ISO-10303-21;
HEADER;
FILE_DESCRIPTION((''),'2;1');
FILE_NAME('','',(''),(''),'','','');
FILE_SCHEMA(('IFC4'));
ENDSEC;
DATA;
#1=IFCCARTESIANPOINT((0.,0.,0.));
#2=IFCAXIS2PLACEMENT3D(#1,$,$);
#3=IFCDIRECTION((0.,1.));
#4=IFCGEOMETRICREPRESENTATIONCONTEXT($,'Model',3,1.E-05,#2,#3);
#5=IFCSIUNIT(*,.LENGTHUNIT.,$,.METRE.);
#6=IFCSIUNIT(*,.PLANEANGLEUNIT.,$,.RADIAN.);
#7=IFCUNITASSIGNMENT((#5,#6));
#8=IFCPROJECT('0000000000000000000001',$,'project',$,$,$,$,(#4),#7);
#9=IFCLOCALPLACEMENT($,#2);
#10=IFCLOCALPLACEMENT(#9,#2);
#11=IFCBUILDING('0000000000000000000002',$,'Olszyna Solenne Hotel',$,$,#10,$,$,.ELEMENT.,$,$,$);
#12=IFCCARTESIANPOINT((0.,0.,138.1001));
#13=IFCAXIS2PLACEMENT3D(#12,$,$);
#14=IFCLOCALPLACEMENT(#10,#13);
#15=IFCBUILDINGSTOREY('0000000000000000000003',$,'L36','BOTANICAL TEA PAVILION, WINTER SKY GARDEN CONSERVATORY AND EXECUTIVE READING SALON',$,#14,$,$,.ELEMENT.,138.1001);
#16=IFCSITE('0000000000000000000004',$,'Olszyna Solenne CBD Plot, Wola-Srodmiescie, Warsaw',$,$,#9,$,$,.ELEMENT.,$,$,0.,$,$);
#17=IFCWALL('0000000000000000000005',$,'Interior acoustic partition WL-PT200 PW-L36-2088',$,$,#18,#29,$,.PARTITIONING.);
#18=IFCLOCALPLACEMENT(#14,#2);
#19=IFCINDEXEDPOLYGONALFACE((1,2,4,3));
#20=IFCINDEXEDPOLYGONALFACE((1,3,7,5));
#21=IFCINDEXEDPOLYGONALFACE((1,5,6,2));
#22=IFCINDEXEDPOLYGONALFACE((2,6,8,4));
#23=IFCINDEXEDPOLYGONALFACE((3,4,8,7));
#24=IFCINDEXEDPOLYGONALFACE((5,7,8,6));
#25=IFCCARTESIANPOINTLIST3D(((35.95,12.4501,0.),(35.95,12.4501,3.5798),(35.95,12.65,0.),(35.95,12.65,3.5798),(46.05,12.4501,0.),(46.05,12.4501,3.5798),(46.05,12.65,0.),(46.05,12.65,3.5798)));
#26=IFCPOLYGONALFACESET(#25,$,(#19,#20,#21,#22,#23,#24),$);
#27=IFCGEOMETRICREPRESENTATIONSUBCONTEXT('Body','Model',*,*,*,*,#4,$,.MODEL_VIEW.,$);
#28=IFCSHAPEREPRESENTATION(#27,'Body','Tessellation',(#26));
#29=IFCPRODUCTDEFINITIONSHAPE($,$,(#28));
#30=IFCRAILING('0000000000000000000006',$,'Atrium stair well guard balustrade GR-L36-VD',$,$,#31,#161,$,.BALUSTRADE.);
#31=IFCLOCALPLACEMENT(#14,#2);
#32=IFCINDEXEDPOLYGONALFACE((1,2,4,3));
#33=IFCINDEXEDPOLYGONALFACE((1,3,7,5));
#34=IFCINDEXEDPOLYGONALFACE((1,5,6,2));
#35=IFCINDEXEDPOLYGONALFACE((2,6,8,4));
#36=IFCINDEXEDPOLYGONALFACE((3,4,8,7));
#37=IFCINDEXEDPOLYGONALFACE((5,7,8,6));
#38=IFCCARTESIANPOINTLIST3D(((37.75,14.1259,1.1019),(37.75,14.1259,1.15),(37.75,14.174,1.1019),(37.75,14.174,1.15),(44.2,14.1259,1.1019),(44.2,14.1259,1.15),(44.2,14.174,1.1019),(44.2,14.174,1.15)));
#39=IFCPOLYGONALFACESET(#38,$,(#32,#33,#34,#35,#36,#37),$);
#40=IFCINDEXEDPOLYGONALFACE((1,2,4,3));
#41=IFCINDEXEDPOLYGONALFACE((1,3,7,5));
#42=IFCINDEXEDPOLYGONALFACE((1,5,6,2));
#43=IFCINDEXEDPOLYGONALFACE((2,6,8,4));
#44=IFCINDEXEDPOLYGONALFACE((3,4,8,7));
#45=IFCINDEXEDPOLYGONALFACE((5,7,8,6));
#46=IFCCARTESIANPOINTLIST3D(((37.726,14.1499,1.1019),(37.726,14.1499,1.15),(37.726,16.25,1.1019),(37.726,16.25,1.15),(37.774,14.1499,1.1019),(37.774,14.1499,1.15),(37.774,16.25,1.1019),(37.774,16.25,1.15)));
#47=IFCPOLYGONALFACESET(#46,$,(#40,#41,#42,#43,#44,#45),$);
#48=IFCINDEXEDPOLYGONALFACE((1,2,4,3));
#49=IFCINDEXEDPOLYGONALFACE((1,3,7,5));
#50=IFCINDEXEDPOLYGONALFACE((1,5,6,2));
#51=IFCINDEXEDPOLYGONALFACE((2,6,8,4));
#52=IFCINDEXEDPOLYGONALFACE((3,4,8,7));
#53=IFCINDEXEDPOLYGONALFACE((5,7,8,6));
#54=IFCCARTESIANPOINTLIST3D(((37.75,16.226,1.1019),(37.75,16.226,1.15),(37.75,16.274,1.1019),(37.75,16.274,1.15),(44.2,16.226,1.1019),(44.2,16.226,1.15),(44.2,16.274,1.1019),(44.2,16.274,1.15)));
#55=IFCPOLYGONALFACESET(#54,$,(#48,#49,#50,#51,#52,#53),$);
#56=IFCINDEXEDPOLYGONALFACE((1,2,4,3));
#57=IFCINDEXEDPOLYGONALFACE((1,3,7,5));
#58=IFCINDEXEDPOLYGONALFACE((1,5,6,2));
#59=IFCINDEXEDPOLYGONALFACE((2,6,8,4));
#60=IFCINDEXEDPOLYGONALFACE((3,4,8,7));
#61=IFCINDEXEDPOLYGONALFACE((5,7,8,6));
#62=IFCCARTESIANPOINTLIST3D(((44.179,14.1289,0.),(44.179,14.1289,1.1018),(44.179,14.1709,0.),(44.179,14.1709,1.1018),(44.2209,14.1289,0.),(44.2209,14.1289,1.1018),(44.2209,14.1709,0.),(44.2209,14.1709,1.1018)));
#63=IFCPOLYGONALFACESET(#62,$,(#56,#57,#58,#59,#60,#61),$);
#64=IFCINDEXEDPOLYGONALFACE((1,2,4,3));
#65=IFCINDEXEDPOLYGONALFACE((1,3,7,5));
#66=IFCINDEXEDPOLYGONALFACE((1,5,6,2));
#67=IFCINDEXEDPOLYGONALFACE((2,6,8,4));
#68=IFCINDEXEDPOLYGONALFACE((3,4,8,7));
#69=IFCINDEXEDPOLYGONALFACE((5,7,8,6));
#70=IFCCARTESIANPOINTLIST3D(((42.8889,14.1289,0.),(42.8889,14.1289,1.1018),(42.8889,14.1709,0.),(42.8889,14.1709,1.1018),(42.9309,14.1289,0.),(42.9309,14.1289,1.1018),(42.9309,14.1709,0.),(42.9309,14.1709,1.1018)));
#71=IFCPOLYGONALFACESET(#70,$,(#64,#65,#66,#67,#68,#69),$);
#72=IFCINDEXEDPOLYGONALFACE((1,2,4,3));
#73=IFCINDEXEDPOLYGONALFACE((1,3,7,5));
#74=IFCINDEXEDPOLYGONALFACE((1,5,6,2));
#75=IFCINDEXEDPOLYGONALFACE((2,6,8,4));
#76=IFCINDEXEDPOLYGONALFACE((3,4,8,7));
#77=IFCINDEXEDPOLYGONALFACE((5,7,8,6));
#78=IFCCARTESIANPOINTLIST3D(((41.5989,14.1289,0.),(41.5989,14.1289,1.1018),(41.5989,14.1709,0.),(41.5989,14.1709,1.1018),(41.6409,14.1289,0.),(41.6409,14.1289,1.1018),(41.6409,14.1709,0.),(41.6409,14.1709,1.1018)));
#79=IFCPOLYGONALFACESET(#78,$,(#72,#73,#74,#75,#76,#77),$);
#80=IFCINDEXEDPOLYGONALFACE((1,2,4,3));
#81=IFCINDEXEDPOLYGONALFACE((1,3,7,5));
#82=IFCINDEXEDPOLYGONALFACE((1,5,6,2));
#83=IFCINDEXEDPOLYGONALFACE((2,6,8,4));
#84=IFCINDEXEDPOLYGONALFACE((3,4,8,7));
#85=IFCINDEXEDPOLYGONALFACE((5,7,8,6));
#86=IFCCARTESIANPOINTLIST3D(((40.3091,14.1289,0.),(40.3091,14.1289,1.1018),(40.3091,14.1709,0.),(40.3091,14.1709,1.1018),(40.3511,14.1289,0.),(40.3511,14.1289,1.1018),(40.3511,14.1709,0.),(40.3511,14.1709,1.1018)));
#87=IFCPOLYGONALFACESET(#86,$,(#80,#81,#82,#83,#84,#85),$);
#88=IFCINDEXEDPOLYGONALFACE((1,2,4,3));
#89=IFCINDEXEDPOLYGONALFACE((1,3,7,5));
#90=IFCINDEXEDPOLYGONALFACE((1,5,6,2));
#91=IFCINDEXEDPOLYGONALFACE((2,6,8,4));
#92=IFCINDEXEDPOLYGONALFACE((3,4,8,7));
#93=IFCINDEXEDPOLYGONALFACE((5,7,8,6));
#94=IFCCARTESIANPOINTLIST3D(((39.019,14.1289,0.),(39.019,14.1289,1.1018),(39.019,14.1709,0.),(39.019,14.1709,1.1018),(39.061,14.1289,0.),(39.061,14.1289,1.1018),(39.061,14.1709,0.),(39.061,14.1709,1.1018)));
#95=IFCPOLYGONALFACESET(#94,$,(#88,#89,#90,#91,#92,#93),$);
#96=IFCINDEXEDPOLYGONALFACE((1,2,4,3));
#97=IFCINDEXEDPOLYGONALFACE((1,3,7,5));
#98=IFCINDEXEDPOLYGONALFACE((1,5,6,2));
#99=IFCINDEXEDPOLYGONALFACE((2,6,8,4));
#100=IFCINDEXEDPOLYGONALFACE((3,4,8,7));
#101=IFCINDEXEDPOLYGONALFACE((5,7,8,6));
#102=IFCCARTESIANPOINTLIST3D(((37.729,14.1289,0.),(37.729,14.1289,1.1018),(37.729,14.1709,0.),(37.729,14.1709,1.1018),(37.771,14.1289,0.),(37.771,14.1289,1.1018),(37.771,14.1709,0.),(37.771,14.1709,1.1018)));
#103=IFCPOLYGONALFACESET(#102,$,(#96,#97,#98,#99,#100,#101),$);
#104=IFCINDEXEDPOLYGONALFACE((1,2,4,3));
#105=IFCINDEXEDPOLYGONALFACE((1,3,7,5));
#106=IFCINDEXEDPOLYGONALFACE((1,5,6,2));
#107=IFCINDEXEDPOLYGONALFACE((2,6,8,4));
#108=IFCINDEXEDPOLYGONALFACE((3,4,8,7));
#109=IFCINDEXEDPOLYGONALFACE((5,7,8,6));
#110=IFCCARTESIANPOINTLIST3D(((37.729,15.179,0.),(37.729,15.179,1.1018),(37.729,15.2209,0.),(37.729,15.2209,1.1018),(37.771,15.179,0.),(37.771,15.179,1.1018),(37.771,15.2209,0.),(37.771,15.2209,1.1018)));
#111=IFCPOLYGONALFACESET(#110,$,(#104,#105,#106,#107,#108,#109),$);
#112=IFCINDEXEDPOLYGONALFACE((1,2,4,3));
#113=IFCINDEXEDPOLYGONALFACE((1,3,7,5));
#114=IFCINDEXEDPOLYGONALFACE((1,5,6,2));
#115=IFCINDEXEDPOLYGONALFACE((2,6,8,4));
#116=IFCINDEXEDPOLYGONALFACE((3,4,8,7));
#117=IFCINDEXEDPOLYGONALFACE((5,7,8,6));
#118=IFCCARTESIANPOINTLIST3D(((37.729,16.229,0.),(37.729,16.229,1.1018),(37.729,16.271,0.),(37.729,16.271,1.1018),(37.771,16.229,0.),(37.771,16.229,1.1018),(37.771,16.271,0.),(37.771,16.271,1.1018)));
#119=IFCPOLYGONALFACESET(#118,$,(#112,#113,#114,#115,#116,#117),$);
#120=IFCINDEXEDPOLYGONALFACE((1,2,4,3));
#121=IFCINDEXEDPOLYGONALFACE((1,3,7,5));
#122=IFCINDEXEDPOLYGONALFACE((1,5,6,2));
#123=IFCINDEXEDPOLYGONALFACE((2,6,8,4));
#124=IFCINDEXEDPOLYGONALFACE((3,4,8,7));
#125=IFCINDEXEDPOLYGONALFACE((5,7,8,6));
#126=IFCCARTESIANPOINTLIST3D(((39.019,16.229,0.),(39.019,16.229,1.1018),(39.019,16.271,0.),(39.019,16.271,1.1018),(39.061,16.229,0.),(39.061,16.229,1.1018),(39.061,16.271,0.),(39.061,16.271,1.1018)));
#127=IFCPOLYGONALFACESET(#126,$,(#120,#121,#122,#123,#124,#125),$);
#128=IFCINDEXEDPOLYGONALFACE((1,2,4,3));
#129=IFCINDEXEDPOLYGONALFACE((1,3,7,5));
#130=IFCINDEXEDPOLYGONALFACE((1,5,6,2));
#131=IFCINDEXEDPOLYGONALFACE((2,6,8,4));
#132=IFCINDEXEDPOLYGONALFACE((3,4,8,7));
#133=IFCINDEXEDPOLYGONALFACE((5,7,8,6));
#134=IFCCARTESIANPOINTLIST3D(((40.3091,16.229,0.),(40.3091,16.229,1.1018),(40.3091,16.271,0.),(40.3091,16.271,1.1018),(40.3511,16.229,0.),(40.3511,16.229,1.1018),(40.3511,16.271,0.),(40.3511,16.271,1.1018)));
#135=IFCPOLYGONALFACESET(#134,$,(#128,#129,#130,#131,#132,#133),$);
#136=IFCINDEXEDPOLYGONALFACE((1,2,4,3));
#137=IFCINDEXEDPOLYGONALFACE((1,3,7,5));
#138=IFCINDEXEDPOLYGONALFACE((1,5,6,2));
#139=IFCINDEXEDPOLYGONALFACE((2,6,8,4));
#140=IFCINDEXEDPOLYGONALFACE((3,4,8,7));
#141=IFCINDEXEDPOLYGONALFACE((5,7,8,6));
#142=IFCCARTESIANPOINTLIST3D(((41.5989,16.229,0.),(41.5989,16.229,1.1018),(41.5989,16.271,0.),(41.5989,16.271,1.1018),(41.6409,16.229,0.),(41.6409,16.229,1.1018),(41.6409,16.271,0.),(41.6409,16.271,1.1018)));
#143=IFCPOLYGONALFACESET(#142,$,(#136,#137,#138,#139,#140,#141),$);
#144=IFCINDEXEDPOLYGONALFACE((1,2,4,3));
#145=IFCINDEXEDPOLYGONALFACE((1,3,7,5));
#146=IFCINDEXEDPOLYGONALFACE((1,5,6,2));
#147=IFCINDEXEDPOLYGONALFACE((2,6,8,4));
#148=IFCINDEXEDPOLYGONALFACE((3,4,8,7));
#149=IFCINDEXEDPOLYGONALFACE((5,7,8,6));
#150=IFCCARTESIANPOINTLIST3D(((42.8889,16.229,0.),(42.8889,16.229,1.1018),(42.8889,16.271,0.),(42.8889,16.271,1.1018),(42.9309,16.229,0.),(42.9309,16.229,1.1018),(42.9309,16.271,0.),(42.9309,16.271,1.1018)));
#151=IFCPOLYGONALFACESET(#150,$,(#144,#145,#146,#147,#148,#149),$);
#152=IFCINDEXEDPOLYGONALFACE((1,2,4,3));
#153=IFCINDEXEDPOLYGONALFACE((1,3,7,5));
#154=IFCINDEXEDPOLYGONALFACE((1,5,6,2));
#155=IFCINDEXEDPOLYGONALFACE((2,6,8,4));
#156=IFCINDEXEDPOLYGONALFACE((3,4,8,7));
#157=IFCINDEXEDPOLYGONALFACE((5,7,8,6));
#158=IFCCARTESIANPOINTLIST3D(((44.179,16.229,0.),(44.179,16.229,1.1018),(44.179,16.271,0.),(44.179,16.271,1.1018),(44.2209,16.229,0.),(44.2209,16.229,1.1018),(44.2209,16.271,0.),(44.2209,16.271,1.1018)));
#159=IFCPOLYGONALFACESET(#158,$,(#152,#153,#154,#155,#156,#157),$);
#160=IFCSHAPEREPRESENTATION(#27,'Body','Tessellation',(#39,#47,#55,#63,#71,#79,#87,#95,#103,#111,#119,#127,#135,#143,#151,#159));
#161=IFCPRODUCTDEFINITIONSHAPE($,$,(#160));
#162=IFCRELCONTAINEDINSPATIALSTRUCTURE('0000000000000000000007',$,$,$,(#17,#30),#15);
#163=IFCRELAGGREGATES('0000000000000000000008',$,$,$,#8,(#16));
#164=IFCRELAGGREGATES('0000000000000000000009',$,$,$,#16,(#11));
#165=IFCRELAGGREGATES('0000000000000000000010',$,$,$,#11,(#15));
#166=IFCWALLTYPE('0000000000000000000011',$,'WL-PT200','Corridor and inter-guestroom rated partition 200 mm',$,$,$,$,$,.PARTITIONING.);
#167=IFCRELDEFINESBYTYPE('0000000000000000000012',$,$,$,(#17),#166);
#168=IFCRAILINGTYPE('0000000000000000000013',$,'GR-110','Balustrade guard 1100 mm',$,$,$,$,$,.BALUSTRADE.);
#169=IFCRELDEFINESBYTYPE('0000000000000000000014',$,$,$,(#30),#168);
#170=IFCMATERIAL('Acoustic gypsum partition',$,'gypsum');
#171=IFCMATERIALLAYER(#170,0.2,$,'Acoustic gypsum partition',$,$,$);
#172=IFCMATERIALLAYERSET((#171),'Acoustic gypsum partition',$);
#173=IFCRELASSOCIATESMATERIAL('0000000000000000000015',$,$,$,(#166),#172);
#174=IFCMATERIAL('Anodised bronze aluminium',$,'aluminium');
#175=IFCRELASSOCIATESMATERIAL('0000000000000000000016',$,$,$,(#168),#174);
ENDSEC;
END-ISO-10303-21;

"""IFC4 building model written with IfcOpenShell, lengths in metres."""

from ifc_helpers import new_model, si_unit, direction, frame, frame_2d, origin, origin_2d, place, context, subcontext, project, spatial, rectangle, extrude, material, layer, layer_set, type_object, element, save


model = new_model("IFC4")

# Units and contexts
model_context = context("Model", 3, precision=1e-05, world=origin(), true_north=direction((0.0, 1.0)))
body_context = subcontext(model_context, "Body", "Model", "MODEL_VIEW")
ifc_project = project(units=[si_unit("LENGTHUNIT", "METRE"), si_unit("PLANEANGLEUNIT", "RADIAN")], contexts=[model_context])

# Site, building, storey
site_placement = place(None, origin())
site = spatial("IfcSite", under=ifc_project, at=site_placement, Name="Olszyna Solenne CBD Plot, Wola-Srodmiescie, Warsaw", CompositionType="ELEMENT", RefElevation=0.0)
building_placement = place(site_placement, origin())
building = spatial("IfcBuilding", under=site, at=building_placement, Name="Olszyna Solenne Hotel", CompositionType="ELEMENT")
storey_placement = place(building_placement, frame((0.0, 0.0, 138.1001)))
storey = spatial("IfcBuildingStorey", under=building, at=storey_placement, Name="L36", Description="BOTANICAL TEA PAVILION, WINTER SKY GARDEN CONSERVATORY AND EXECUTIVE READING SALON", CompositionType="ELEMENT", Elevation=138.1001)

# Shared definitions
ifc_material_1 = material(Name="Anodised bronze aluminium", Category="aluminium")

# Shared definitions
ifc_material_2 = material(Name="Acoustic gypsum partition", Category="gypsum")
ifc_layer = layer(ifc_material_2, 0.2, Name="Acoustic gypsum partition")
ifc_layer_set = layer_set([ifc_layer], Name="Acoustic gypsum partition")
wall_type = type_object("IfcWallType", Name="WL-PT200", Description="Corridor and inter-guestroom rated partition 200 mm", PredefinedType="PARTITIONING", material=ifc_layer_set)

# Wall
wall_1_placement = place(storey_placement, frame((35.95, 12.55, 0.0), z_axis=(0.0, 0.0, 1.0), x_axis=(1.0, 0.0, 0.0)))
element("IfcWall", 1, at=wall_1_placement, inside=storey, type_object=wall_type, Name="Interior acoustic partition WL-PT200 PW-L36-2088", PredefinedType="PARTITIONING", context=body_context, shape_type="SweptSolid", body=[
    extrude(rectangle(XDim=10.1001, YDim=0.2, at=frame_2d((5.05, 0.0))), origin(), (0.0, 0.0, 1.0), 3.5798),
])

# Railing
railing_type = type_object("IfcRailingType", Name="GR-110", Description="Balustrade guard 1100 mm", PredefinedType="BALUSTRADE", material=ifc_material_1)
railing_placement = place(storey_placement, frame((44.2, 14.1499, 0.0)))
element("IfcRailing", 2, at=railing_placement, inside=storey, type_object=railing_type, Name="Atrium stair well guard balustrade GR-L36-VD", PredefinedType="BALUSTRADE", context=body_context, shape_type="SweptSolid", body=[
    extrude(rectangle(XDim=0.0481, YDim=0.0481, at=origin_2d()), frame((0.0, 0.0, 1.126), z_axis=(-1.0, 0.0, 0.0), x_axis=(0.0, -1.0, 0.0)), (0.0, 0.0, 1.0), 6.45),
    extrude(rectangle(XDim=0.0481, YDim=0.0481, at=origin_2d()), frame((-6.45, 0.0, 1.126), z_axis=(0.0, 1.0, 0.0), x_axis=(-1.0, 0.0, 0.0)), (0.0, 0.0, 1.0), 2.1001),
    extrude(rectangle(XDim=0.0481, YDim=0.0481, at=origin_2d()), frame((-6.45, 2.1001, 1.126), z_axis=(1.0, 0.0, 0.0), x_axis=(0.0, 1.0, 0.0)), (0.0, 0.0, 1.0), 6.45),
    extrude(rectangle(XDim=0.042, YDim=0.042, at=origin_2d()), origin(), (0.0, 0.0, 1.0), 1.1018),
    extrude(rectangle(XDim=0.042, YDim=0.042, at=origin_2d()), frame((-1.29, 0.0, 0.0)), (0.0, 0.0, 1.0), 1.1018),
    extrude(rectangle(XDim=0.042, YDim=0.042, at=origin_2d()), frame((-2.5801, 0.0, 0.0)), (0.0, 0.0, 1.0), 1.1018),
    extrude(rectangle(XDim=0.042, YDim=0.042, at=origin_2d()), frame((-3.8699, 0.0, 0.0)), (0.0, 0.0, 1.0), 1.1018),
    extrude(rectangle(XDim=0.042, YDim=0.042, at=origin_2d()), frame((-5.1599, 0.0, 0.0)), (0.0, 0.0, 1.0), 1.1018),
    extrude(rectangle(XDim=0.042, YDim=0.042, at=origin_2d()), frame((-6.45, 0.0, 0.0)), (0.0, 0.0, 1.0), 1.1018),
    extrude(rectangle(XDim=0.042, YDim=0.042, at=origin_2d()), frame((-6.45, 1.05, 0.0)), (0.0, 0.0, 1.0), 1.1018),
    extrude(rectangle(XDim=0.042, YDim=0.042, at=origin_2d()), frame((-6.45, 2.1001, 0.0)), (0.0, 0.0, 1.0), 1.1018),
    extrude(rectangle(XDim=0.042, YDim=0.042, at=origin_2d()), frame((-5.1599, 2.1001, 0.0)), (0.0, 0.0, 1.0), 1.1018),
    extrude(rectangle(XDim=0.042, YDim=0.042, at=origin_2d()), frame((-3.8699, 2.1001, 0.0)), (0.0, 0.0, 1.0), 1.1018),
    extrude(rectangle(XDim=0.042, YDim=0.042, at=origin_2d()), frame((-2.5801, 2.1001, 0.0)), (0.0, 0.0, 1.0), 1.1018),
    extrude(rectangle(XDim=0.042, YDim=0.042, at=origin_2d()), frame((-1.29, 2.1001, 0.0)), (0.0, 0.0, 1.0), 1.1018),
    extrude(rectangle(XDim=0.042, YDim=0.042, at=origin_2d()), frame((0.0, 2.1001, 0.0)), (0.0, 0.0, 1.0), 1.1018),
])

save(model, "model.ifc")
